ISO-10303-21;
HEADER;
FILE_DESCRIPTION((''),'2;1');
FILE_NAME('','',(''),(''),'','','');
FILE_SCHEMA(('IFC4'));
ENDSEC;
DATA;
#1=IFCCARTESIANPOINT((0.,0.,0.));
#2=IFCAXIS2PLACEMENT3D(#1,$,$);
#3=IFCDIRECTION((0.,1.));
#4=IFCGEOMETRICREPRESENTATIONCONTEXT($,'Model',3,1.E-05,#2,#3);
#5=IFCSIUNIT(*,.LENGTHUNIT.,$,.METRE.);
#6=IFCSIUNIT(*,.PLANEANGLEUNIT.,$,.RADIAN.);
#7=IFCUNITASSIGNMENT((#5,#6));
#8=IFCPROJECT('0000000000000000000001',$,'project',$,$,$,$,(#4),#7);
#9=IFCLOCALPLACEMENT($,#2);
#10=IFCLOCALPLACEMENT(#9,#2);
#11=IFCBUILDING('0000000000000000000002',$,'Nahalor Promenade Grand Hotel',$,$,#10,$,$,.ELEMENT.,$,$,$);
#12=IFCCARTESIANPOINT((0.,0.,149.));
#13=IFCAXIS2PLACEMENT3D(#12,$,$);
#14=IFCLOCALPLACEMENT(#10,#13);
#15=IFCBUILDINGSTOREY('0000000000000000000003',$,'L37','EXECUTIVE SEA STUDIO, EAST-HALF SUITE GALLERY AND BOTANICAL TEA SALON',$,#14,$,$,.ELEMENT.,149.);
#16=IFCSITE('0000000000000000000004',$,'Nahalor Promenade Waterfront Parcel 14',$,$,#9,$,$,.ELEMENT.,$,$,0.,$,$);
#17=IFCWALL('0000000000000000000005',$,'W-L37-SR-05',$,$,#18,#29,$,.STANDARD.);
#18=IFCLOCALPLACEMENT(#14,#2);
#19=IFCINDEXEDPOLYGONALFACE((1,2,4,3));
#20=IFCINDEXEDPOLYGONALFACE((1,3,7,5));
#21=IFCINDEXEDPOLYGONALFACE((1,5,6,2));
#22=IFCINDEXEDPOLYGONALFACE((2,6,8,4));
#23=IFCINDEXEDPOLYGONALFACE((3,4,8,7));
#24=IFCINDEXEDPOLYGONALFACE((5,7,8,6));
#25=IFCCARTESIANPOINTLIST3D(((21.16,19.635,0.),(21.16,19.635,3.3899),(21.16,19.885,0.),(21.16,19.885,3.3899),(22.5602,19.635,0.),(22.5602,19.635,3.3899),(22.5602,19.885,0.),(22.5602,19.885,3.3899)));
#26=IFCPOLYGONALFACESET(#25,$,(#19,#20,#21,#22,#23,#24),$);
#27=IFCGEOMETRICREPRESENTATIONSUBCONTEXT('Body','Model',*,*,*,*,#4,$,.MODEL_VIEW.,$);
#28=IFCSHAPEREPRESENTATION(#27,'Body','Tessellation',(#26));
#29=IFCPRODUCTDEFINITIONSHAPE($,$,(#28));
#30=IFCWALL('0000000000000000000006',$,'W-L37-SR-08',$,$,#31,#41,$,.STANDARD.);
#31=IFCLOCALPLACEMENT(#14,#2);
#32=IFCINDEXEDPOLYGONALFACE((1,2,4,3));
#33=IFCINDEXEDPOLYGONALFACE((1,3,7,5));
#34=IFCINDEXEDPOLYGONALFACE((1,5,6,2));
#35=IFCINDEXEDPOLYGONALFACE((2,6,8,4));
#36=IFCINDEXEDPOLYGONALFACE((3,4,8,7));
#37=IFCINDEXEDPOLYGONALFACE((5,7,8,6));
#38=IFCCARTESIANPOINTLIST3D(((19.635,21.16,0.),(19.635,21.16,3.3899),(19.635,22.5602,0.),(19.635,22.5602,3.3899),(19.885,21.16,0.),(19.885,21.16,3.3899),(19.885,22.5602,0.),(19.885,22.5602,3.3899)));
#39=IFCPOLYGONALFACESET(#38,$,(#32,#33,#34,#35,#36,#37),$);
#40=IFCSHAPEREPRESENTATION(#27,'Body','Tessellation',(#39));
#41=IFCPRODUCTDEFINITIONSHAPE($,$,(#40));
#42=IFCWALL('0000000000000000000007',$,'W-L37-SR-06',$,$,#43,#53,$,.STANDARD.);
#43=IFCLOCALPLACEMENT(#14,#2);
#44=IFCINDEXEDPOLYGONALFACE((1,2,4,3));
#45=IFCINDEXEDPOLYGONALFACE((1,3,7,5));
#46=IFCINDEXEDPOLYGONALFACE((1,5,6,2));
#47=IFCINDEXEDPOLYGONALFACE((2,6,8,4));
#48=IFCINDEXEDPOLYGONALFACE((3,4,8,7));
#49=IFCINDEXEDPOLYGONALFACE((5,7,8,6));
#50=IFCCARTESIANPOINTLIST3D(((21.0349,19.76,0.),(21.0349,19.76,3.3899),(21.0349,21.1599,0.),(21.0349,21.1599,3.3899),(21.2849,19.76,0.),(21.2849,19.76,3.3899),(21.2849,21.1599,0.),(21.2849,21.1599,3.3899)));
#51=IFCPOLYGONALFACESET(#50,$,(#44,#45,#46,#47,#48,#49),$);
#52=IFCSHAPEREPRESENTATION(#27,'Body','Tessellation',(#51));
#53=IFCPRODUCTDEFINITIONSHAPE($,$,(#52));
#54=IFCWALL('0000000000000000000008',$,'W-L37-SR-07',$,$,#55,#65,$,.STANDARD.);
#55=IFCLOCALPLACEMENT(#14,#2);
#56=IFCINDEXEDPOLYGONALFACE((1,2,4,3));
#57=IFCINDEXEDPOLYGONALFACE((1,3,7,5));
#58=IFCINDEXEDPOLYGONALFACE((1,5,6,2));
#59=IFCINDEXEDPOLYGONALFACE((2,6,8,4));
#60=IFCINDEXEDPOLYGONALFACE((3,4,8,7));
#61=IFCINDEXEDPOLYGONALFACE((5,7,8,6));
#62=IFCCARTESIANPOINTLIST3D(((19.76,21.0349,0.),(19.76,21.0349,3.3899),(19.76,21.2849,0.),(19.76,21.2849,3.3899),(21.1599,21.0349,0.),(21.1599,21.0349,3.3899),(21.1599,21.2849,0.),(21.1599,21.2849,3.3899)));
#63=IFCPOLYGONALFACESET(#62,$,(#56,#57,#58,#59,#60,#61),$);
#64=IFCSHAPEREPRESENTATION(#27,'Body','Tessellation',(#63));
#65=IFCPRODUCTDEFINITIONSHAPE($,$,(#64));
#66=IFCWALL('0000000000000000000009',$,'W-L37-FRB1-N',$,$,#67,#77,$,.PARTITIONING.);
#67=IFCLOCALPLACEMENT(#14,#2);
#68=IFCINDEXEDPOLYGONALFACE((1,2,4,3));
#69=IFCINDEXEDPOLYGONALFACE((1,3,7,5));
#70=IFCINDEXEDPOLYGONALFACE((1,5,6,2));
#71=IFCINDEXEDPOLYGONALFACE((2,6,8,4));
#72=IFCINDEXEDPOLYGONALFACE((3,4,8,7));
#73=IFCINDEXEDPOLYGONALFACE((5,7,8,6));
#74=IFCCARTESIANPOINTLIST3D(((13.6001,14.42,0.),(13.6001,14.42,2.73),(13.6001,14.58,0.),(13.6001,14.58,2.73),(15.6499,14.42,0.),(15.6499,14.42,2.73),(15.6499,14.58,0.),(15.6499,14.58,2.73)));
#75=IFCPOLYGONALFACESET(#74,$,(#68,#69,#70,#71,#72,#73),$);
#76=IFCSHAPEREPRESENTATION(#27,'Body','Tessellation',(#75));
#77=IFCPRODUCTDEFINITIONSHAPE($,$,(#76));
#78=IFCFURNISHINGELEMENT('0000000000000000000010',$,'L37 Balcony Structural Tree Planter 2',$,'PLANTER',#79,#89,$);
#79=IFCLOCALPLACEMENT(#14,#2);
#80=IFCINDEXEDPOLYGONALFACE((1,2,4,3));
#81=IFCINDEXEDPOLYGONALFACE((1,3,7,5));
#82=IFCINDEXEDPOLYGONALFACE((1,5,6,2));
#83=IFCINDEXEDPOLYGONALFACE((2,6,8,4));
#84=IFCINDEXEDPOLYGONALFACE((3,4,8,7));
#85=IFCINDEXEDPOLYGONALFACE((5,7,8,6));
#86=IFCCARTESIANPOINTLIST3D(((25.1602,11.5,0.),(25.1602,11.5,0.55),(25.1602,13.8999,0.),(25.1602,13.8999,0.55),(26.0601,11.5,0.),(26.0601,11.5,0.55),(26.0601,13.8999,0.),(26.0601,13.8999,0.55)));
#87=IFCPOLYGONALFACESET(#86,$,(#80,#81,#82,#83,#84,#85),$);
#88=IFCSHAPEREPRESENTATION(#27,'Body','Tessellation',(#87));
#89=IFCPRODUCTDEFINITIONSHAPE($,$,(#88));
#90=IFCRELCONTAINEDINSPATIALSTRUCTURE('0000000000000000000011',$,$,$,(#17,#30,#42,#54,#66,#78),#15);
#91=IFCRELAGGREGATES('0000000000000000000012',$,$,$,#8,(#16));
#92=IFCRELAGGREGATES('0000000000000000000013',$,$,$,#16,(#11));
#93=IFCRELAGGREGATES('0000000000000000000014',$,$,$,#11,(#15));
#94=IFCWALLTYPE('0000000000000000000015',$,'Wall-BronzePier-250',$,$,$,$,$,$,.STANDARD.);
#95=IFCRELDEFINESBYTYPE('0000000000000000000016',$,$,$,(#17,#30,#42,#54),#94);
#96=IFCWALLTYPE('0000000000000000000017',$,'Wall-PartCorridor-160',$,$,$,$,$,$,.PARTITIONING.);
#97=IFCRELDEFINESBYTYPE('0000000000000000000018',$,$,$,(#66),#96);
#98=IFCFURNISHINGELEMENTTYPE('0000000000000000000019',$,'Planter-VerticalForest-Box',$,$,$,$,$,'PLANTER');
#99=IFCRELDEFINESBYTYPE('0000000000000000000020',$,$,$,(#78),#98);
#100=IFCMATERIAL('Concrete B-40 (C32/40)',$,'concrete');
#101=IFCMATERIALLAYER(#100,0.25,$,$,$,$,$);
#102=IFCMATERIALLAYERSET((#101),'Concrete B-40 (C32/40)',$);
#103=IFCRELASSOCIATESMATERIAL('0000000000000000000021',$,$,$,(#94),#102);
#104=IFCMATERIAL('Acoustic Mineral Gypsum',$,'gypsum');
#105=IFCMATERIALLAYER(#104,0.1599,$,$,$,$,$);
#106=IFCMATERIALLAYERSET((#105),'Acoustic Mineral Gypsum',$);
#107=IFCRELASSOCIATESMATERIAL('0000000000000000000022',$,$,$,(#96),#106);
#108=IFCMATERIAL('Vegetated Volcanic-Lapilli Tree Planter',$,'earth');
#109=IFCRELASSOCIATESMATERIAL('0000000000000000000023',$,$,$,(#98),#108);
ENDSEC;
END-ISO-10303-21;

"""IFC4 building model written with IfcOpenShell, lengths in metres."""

from ifc_helpers import new_model, si_unit, direction, frame, frame_2d, origin, origin_2d, place, context, subcontext, project, spatial, rectangle, extrude, source, transform, mapped, material, layer, layer_set, type_object, element, save


model = new_model("IFC4")

# Units and contexts
model_context = context("Model", 3, precision=1e-05, world=origin(), true_north=direction((0.0, 1.0)))
body_context = subcontext(model_context, "Body", "Model", "MODEL_VIEW")
ifc_project = project(units=[si_unit("LENGTHUNIT", "METRE"), si_unit("PLANEANGLEUNIT", "RADIAN")], contexts=[model_context])

# Site, building, storey
site_placement = place(None, origin())
site = spatial("IfcSite", under=ifc_project, at=site_placement, Name="Nahalor Promenade Waterfront Parcel 14", CompositionType="ELEMENT", RefElevation=0.0)
building_placement = place(site_placement, origin())
building = spatial("IfcBuilding", under=site, at=building_placement, Name="Nahalor Promenade Grand Hotel", CompositionType="ELEMENT")
storey_placement = place(building_placement, frame((0.0, 0.0, 149.0)))
storey = spatial("IfcBuildingStorey", under=building, at=storey_placement, Name="L37", Description="EXECUTIVE SEA STUDIO, EAST-HALF SUITE GALLERY AND BOTANICAL TEA SALON", CompositionType="ELEMENT", Elevation=149.0)

# Walls
ifc_material_1 = material(Name="Concrete B-40 (C32/40)", Category="concrete")
ifc_layer_1 = layer(ifc_material_1, 0.25)
ifc_layer_set_1 = layer_set([ifc_layer_1], Name="Concrete B-40 (C32/40)")
wall_type_1 = type_object("IfcWallType", Name="Wall-BronzePier-250", PredefinedType="STANDARD", material=ifc_layer_set_1)
shared_shape_1 = source(origin(), body_context, "Body", "SweptSolid", [
    extrude(rectangle(XDim=1.4001, YDim=0.25, at=frame_2d((0.7002, 0.0))), origin(), (0.0, 0.0, 1.0), 3.3899),
])
for number, where, z_axis, x_axis, name in (
    (1, (21.1599, 19.76, 0.0), (0.0, 0.0, 1.0), (1.0, 0.0, 0.0), "W-L37-SR-05"),
    (2, (19.76, 21.1599, 0.0), (0.0, 0.0, 1.0), (0.0, 1.0, 0.0), "W-L37-SR-08"),
):
    element("IfcWall", number, at=place(storey_placement, frame(where, z_axis=z_axis, x_axis=x_axis)), inside=storey, type_object=wall_type_1, Name=name, PredefinedType="STANDARD", context=body_context, shape_type="MappedRepresentation", body=[
        mapped(shared_shape_1, transform((0.0, 0.0, 0.0), scale=1.0)),
    ])
shared_shape_2 = source(origin(), body_context, "Body", "SweptSolid", [
    extrude(rectangle(XDim=1.3999, YDim=0.25, at=frame_2d((0.7, 0.0))), origin(), (0.0, 0.0, 1.0), 3.3899),
])
for number, where, z_axis, x_axis, name in (
    (3, (21.1599, 19.76, 0.0), (0.0, 0.0, 1.0), (0.0, 1.0, 0.0), "W-L37-SR-06"),
    (4, (19.76, 21.1599, 0.0), (0.0, 0.0, 1.0), (1.0, 0.0, 0.0), "W-L37-SR-07"),
):
    element("IfcWall", number, at=place(storey_placement, frame(where, z_axis=z_axis, x_axis=x_axis)), inside=storey, type_object=wall_type_1, Name=name, PredefinedType="STANDARD", context=body_context, shape_type="MappedRepresentation", body=[
        mapped(shared_shape_2, transform((0.0, 0.0, 0.0), scale=1.0)),
    ])
ifc_material_2 = material(Name="Acoustic Mineral Gypsum", Category="gypsum")
ifc_layer_2 = layer(ifc_material_2, 0.1599)
ifc_layer_set_2 = layer_set([ifc_layer_2], Name="Acoustic Mineral Gypsum")
wall_type_2 = type_object("IfcWallType", Name="Wall-PartCorridor-160", PredefinedType="PARTITIONING", material=ifc_layer_set_2)
shared_shape_3 = source(origin(), body_context, "Body", "SweptSolid", [
    extrude(rectangle(XDim=2.0498, YDim=0.1599, at=frame_2d((1.0249, 0.0))), origin(), (0.0, 0.0, 1.0), 2.73),
])
wall_1_placement = place(storey_placement, frame((13.6001, 14.5, 0.0), z_axis=(0.0, 0.0, 1.0), x_axis=(1.0, 0.0, 0.0)))
element("IfcWall", 5, at=wall_1_placement, inside=storey, type_object=wall_type_2, Name="W-L37-FRB1-N", PredefinedType="PARTITIONING", context=body_context, shape_type="MappedRepresentation", body=[
    mapped(shared_shape_3, transform((0.0, 0.0, 0.0), scale=1.0)),
])

# Furnishing element
ifc_material_3 = material(Name="Vegetated Volcanic-Lapilli Tree Planter", Category="earth")
furnishing_element_type = type_object("IfcFurnishingElementType", Name="Planter-VerticalForest-Box", ElementType="PLANTER", material=ifc_material_3)
shared_shape_4 = source(origin(), body_context, "Body", "SweptSolid", [
    extrude(rectangle(XDim=2.3999, YDim=0.8999, at=origin_2d()), origin(), (0.0, 0.0, 1.0), 0.55),
])
furnishing_placement = place(storey_placement, frame((25.6101, 12.7, 0.0), z_axis=(0.0, 0.0, 1.0), x_axis=(0.0, 1.0, 0.0)))
element("IfcFurnishingElement", 6, at=furnishing_placement, inside=storey, type_object=furnishing_element_type, Name="L37 Balcony Structural Tree Planter 2", ObjectType="PLANTER", context=body_context, shape_type="MappedRepresentation", body=[
    mapped(shared_shape_4, transform((0.0, 0.0, 0.0), scale=1.0)),
])

save(model, "model.ifc")
